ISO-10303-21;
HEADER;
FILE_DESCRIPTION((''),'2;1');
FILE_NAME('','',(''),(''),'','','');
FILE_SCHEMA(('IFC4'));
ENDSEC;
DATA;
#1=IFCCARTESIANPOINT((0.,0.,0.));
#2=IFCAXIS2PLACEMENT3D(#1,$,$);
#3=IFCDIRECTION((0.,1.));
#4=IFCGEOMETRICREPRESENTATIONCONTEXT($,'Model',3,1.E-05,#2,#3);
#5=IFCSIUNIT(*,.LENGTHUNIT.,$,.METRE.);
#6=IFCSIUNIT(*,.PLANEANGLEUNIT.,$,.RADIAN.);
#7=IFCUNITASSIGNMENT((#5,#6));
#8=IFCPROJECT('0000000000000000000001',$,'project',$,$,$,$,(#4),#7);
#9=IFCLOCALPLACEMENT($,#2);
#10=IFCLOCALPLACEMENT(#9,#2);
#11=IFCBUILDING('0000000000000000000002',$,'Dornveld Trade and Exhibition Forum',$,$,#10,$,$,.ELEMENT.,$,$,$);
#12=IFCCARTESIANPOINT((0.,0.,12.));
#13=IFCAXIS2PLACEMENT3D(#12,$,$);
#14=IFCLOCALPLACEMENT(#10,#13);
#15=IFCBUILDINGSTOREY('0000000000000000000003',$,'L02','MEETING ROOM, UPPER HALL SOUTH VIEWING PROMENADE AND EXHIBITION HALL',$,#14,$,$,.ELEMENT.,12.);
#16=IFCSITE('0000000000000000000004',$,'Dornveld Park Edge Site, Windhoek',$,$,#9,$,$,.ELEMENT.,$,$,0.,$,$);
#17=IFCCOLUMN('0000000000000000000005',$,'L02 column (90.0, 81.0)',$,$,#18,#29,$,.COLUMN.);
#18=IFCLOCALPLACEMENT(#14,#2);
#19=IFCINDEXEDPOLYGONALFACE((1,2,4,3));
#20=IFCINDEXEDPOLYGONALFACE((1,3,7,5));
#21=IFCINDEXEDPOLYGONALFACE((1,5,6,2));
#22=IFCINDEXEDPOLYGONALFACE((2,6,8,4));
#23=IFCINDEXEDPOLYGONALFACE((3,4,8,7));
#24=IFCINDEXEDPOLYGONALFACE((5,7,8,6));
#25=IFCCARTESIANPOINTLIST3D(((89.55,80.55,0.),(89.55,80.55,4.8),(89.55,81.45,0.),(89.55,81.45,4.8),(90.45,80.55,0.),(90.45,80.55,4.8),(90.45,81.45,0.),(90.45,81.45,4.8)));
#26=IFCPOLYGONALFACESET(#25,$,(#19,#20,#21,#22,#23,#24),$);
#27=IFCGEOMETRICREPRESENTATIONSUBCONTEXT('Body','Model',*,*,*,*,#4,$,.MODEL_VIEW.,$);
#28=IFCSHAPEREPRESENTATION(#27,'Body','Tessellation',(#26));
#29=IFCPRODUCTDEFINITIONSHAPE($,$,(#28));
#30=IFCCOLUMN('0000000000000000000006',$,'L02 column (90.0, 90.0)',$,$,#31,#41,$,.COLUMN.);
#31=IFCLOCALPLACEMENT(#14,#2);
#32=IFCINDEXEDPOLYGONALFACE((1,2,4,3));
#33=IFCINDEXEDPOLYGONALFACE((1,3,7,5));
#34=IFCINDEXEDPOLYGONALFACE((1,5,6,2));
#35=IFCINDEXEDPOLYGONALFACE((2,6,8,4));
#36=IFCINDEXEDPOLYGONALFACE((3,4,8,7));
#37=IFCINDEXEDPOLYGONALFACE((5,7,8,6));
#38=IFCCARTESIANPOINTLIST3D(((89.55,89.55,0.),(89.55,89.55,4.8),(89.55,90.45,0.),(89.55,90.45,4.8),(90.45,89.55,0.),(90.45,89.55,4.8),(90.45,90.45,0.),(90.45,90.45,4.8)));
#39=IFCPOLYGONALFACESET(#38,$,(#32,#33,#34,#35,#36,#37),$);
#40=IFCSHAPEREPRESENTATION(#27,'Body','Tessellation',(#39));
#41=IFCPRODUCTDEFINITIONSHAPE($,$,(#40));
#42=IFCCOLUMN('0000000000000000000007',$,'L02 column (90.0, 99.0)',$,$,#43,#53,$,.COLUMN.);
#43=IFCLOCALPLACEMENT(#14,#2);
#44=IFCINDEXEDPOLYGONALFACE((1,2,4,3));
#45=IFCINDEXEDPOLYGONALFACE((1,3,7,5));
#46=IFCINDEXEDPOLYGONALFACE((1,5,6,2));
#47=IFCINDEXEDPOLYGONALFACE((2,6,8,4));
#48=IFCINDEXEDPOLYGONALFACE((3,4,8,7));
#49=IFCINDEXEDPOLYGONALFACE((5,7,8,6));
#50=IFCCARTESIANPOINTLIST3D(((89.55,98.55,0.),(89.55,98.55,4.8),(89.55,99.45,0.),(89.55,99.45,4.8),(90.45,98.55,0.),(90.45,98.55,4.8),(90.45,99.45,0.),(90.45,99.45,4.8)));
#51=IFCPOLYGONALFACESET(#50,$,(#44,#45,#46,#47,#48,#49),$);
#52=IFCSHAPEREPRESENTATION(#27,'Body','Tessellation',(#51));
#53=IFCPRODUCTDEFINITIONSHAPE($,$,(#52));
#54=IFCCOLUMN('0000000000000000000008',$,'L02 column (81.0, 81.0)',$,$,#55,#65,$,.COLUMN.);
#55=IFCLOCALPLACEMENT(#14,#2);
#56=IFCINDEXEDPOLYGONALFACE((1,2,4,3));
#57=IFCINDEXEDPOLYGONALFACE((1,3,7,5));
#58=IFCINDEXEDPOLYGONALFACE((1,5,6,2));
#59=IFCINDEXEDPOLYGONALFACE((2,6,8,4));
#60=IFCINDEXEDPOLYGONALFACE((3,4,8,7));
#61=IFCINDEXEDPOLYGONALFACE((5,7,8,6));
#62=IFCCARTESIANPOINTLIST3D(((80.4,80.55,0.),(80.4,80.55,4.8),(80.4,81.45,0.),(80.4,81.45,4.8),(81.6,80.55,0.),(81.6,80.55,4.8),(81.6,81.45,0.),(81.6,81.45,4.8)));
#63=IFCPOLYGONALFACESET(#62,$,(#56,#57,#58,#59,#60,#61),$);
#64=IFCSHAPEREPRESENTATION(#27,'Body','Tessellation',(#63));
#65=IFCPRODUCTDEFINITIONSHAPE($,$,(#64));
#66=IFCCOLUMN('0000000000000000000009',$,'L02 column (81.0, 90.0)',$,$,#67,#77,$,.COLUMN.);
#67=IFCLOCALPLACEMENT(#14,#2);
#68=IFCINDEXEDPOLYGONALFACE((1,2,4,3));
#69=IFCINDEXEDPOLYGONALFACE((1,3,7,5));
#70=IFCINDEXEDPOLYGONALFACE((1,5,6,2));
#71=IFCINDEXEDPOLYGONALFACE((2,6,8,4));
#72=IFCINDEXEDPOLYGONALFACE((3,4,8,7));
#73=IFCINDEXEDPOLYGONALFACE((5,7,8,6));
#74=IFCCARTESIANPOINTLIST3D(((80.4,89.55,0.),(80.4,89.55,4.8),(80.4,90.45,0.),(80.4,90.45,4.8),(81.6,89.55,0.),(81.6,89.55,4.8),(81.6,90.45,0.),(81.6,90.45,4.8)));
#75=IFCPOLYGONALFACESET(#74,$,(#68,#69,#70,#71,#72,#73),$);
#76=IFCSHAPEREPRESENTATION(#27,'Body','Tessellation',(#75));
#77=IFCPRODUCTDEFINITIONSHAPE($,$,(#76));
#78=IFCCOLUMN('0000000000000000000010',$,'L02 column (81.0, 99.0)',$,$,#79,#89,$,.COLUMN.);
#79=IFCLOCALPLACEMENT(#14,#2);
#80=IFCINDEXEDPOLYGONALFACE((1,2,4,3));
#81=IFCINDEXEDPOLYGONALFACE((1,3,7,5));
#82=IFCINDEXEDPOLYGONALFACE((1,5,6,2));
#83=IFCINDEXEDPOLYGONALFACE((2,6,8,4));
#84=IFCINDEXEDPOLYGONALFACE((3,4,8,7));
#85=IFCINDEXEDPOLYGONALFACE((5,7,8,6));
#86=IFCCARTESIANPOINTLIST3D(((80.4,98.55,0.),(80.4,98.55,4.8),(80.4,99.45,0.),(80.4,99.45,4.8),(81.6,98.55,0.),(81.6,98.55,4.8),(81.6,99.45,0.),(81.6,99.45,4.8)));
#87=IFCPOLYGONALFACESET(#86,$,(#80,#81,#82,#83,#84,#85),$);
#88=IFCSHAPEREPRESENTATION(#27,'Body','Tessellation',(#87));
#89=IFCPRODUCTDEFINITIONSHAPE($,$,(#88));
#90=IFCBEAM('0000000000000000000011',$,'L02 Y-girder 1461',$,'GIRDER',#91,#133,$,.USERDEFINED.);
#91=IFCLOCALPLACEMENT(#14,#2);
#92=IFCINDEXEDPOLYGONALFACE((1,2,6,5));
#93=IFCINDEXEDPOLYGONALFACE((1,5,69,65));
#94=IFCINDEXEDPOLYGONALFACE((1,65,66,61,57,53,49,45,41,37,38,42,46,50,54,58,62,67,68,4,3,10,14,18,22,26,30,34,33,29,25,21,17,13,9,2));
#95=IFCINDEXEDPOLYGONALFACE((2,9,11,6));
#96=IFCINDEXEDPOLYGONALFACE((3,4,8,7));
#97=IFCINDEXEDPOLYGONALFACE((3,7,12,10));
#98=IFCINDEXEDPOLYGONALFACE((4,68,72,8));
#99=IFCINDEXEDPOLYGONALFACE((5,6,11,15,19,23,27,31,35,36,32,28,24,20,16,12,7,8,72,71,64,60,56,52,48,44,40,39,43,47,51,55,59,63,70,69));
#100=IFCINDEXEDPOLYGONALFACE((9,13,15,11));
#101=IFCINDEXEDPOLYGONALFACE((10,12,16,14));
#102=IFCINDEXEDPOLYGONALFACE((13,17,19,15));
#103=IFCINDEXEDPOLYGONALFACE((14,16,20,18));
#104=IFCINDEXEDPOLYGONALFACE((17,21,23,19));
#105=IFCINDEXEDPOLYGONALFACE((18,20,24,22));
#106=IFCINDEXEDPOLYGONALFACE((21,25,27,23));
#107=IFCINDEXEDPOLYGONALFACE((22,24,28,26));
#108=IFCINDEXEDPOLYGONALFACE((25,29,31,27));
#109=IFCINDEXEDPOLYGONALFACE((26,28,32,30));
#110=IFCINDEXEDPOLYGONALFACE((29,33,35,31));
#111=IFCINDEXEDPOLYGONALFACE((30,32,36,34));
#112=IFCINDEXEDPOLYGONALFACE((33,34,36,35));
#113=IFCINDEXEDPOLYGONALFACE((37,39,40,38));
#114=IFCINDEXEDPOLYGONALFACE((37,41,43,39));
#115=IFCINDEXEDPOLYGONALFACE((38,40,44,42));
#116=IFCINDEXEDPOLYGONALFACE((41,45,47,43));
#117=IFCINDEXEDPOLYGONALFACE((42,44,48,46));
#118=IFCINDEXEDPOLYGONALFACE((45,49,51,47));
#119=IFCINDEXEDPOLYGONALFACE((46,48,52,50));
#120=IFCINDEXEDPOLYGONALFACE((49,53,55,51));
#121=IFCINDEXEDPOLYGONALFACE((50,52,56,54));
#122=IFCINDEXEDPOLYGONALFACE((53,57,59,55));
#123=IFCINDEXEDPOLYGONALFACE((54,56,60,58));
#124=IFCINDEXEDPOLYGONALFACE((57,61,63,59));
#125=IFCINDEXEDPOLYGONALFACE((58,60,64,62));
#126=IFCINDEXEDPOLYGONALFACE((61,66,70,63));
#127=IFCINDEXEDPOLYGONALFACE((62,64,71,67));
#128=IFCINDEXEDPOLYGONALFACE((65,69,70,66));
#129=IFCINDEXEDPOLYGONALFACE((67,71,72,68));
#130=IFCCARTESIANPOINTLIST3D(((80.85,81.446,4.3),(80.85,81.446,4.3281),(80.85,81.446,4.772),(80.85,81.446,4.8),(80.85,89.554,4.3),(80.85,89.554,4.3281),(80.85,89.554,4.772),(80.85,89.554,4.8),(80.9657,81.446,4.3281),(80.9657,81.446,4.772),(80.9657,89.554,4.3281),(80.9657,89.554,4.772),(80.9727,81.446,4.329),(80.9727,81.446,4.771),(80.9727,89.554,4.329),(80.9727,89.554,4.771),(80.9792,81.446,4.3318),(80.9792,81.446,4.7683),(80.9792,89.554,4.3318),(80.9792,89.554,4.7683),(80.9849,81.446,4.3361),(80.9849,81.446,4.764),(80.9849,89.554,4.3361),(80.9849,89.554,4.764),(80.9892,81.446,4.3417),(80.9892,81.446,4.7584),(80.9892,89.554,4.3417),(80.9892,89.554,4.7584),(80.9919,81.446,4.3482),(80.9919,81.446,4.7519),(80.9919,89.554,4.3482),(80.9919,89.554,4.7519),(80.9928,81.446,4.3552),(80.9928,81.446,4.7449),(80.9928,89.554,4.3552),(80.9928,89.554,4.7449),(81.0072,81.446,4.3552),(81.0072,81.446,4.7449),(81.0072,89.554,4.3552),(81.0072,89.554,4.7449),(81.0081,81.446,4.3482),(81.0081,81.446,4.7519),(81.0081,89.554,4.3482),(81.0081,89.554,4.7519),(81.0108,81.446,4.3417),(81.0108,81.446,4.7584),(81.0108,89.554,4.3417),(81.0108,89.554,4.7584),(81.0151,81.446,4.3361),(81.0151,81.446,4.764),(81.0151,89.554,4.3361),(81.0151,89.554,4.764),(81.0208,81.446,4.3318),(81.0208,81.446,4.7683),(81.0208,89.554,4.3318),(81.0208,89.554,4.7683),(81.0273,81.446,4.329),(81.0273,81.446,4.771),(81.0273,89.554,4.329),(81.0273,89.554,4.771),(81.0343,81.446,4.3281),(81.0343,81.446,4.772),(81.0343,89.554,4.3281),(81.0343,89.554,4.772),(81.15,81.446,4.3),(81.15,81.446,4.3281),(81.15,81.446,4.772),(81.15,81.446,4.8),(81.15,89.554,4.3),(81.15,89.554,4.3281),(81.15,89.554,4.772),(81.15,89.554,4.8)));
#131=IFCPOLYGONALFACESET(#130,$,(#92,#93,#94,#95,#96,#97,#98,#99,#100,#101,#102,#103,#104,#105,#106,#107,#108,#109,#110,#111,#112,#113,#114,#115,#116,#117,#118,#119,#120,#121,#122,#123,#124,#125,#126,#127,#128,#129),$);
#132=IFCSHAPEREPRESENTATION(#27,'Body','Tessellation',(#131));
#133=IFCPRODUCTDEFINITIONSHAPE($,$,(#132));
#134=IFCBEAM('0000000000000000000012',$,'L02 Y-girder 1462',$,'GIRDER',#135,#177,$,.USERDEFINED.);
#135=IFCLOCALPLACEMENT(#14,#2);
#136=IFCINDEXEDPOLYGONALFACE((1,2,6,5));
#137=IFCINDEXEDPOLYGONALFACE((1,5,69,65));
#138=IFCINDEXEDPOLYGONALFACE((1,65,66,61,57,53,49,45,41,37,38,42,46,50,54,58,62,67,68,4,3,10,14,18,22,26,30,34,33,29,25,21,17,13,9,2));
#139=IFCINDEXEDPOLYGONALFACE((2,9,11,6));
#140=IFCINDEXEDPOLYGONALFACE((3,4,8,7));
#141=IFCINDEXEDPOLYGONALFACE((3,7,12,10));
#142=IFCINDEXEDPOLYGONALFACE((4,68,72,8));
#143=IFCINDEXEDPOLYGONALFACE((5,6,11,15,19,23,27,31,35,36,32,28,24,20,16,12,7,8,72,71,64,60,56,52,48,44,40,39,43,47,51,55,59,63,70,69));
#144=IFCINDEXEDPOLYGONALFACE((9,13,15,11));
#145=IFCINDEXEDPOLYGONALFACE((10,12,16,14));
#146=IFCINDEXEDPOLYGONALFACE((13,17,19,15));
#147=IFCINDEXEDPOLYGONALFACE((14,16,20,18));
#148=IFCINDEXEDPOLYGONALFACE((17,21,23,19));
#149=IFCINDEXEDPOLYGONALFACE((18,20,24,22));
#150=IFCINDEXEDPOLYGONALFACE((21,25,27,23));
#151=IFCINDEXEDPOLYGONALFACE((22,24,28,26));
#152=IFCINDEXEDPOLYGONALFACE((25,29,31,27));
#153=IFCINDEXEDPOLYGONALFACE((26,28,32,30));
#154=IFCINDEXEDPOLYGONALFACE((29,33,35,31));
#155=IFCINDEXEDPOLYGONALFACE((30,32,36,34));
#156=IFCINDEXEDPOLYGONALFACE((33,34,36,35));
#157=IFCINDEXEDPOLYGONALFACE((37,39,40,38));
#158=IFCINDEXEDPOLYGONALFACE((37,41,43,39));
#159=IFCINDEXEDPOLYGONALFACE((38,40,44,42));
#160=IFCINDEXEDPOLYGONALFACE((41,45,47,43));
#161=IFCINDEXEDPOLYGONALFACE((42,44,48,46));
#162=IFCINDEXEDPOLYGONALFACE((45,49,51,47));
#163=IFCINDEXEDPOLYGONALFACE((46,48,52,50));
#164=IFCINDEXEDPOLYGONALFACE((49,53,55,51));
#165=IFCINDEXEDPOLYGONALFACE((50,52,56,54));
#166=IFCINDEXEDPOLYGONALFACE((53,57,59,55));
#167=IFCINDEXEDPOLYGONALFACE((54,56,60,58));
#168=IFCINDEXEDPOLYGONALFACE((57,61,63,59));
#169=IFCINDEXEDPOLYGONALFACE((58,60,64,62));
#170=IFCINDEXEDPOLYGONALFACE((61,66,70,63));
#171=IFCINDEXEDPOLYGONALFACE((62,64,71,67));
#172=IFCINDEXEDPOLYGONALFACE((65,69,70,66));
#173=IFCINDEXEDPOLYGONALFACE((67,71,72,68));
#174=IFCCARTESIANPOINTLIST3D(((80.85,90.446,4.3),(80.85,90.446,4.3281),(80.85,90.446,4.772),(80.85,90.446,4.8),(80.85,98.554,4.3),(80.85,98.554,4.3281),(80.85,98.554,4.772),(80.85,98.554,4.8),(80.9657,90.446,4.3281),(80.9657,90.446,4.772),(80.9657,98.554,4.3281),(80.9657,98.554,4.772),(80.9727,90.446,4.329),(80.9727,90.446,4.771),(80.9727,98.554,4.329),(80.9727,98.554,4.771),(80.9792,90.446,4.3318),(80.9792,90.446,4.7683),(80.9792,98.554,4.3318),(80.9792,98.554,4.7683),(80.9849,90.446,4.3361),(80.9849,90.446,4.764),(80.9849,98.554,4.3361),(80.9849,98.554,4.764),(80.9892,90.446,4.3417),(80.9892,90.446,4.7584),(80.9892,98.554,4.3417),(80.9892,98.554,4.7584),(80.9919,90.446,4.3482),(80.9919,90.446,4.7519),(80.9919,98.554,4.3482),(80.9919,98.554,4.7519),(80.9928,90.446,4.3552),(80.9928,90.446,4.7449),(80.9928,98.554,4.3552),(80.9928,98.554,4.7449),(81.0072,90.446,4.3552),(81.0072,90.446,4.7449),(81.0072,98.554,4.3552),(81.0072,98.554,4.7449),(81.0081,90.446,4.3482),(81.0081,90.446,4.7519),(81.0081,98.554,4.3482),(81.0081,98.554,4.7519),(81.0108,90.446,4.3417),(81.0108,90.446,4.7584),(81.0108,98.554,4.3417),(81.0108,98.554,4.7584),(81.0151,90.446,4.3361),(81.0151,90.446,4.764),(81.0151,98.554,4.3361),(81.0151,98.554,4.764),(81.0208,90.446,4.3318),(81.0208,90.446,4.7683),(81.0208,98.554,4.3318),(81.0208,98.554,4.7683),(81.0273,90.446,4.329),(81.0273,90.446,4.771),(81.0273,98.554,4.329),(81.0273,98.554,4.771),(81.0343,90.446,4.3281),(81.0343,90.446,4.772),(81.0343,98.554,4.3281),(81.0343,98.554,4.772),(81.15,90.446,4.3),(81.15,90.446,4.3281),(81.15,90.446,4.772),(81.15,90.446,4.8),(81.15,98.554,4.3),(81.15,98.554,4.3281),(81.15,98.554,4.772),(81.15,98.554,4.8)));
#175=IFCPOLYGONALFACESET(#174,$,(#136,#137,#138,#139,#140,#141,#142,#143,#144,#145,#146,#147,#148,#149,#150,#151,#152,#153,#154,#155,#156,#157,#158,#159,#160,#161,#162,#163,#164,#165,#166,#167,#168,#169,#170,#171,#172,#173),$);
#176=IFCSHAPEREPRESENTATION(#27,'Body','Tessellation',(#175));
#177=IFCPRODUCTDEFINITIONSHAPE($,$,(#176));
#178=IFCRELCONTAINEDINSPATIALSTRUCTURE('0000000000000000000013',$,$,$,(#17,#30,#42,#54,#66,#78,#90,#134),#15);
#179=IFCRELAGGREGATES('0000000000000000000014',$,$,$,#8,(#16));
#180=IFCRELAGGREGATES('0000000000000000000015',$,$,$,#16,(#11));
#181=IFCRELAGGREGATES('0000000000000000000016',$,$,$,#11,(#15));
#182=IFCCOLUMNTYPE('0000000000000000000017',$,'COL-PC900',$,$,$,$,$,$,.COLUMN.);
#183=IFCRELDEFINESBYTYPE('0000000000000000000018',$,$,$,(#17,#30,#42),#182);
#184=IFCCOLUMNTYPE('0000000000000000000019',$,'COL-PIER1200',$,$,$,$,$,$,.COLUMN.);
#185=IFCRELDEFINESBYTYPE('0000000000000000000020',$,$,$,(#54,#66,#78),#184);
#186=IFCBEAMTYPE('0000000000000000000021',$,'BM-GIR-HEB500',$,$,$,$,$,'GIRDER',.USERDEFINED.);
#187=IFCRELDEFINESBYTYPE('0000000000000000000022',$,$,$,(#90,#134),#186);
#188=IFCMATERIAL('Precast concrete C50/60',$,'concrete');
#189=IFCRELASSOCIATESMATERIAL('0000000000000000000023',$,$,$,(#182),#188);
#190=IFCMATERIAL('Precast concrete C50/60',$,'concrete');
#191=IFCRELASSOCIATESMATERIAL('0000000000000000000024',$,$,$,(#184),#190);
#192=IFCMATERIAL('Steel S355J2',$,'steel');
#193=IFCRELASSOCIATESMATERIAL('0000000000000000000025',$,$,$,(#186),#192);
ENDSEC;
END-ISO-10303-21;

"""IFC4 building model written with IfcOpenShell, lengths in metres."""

from ifc_helpers import new_model, si_unit, direction, frame, origin, origin_2d, place, context, subcontext, project, spatial, rectangle, i_section, extrude, material, material_profile, profile_set, type_object, element, save


model = new_model("IFC4")

# Units and contexts
model_context = context("Model", 3, precision=1e-05, world=origin(), true_north=direction((0.0, 1.0)))
body_context = subcontext(model_context, "Body", "Model", "MODEL_VIEW")
ifc_project = project(units=[si_unit("LENGTHUNIT", "METRE"), si_unit("PLANEANGLEUNIT", "RADIAN")], contexts=[model_context])

# Site, building, storey
site_placement = place(None, origin())
site = spatial("IfcSite", under=ifc_project, at=site_placement, Name="Dornveld Park Edge Site, Windhoek", CompositionType="ELEMENT", RefElevation=0.0)
building_placement = place(site_placement, origin())
building = spatial("IfcBuilding", under=site, at=building_placement, Name="Dornveld Trade and Exhibition Forum", CompositionType="ELEMENT")
storey_placement = place(building_placement, frame((0.0, 0.0, 12.0)))
storey = spatial("IfcBuildingStorey", under=building, at=storey_placement, Name="L02", Description="MEETING ROOM, UPPER HALL SOUTH VIEWING PROMENADE AND EXHIBITION HALL", CompositionType="ELEMENT", Elevation=12.0)

# Columns
ifc_material_1 = material(Name="Precast concrete C50/60", Category="concrete")
ifc_material_profile_1 = material_profile(ifc_material_1, rectangle(XDim=0.8999, YDim=0.8999, at=origin_2d()), Name="PC-COL 900x900")
ifc_profile_set_1 = profile_set([ifc_material_profile_1], Name="Precast concrete C50/60")
column_type_1 = type_object("IfcColumnType", Name="COL-PC900", PredefinedType="COLUMN", material=ifc_profile_set_1)
for number, where, z_axis, x_axis, name in (
    (1, (90.0, 81.0, 0.0), (0.0, 0.0, 1.0), (1.0, 0.0, 0.0), "L02 column (90.0, 81.0)"),
    (2, (90.0, 90.0, 0.0), (0.0, 0.0, 1.0), (1.0, 0.0, 0.0), "L02 column (90.0, 90.0)"),
    (3, (90.0, 99.0, 0.0), (0.0, 0.0, 1.0), (1.0, 0.0, 0.0), "L02 column (90.0, 99.0)"),
):
    element("IfcColumn", number, at=place(storey_placement, frame(where, z_axis=z_axis, x_axis=x_axis)), inside=storey, type_object=column_type_1, Name=name, PredefinedType="COLUMN", context=body_context, shape_type="SweptSolid", body=[
        extrude(rectangle(XDim=0.8999, YDim=0.8999, at=origin_2d()), origin(), (0.0, 0.0, 1.0), 4.8),
    ])
ifc_material_2 = material(Name="Precast concrete C50/60", Category="concrete")
ifc_material_profile_2 = material_profile(ifc_material_2, rectangle(XDim=1.2, YDim=0.8999, at=origin_2d()), Name="PC-PIER 1200x900")
ifc_profile_set_2 = profile_set([ifc_material_profile_2], Name="Precast concrete C50/60")
column_type_2 = type_object("IfcColumnType", Name="COL-PIER1200", PredefinedType="COLUMN", material=ifc_profile_set_2)
for number, where, z_axis, x_axis, name in (
    (4, (81.0, 81.0, 0.0), (0.0, 0.0, 1.0), (1.0, 0.0, 0.0), "L02 column (81.0, 81.0)"),
    (5, (81.0, 90.0, 0.0), (0.0, 0.0, 1.0), (1.0, 0.0, 0.0), "L02 column (81.0, 90.0)"),
    (6, (81.0, 99.0, 0.0), (0.0, 0.0, 1.0), (1.0, 0.0, 0.0), "L02 column (81.0, 99.0)"),
):
    element("IfcColumn", number, at=place(storey_placement, frame(where, z_axis=z_axis, x_axis=x_axis)), inside=storey, type_object=column_type_2, Name=name, PredefinedType="COLUMN", context=body_context, shape_type="SweptSolid", body=[
        extrude(rectangle(XDim=1.2, YDim=0.8999, at=origin_2d()), origin(), (0.0, 0.0, 1.0), 4.8),
    ])

# Beams
ifc_material_3 = material(Name="Steel S355J2", Category="steel")
ifc_material_profile_3 = material_profile(ifc_material_3, i_section(OverallWidth=0.3, OverallDepth=0.5, WebThickness=0.0144, FlangeThickness=0.0281, FilletRadius=0.0271, at=origin_2d()), Name="HEB 500")
ifc_profile_set_3 = profile_set([ifc_material_profile_3], Name="Steel S355J2")
beam_type_1 = type_object("IfcBeamType", Name="BM-GIR-HEB500", ElementType="GIRDER", PredefinedType="USERDEFINED", material=ifc_profile_set_3)
for number, where, z_axis, x_axis, name in (
    (7, (81.0, 81.446, 4.55), (0.0, 1.0, 0.0), (-1.0, 0.0, 0.0), "L02 Y-girder 1461"),
    (8, (81.0, 90.446, 4.55), (0.0, 1.0, 0.0), (-1.0, 0.0, 0.0), "L02 Y-girder 1462"),
):
    element("IfcBeam", number, at=place(storey_placement, frame(where, z_axis=z_axis, x_axis=x_axis)), inside=storey, type_object=beam_type_1, Name=name, ObjectType="GIRDER", PredefinedType="USERDEFINED", context=body_context, shape_type="SweptSolid", body=[
        extrude(i_section(OverallWidth=0.3, OverallDepth=0.5, WebThickness=0.0144, FlangeThickness=0.0281, FilletRadius=0.0271, at=origin_2d()), origin(), (0.0, 0.0, 1.0), 8.1079),
    ])

save(model, "model.ifc")
